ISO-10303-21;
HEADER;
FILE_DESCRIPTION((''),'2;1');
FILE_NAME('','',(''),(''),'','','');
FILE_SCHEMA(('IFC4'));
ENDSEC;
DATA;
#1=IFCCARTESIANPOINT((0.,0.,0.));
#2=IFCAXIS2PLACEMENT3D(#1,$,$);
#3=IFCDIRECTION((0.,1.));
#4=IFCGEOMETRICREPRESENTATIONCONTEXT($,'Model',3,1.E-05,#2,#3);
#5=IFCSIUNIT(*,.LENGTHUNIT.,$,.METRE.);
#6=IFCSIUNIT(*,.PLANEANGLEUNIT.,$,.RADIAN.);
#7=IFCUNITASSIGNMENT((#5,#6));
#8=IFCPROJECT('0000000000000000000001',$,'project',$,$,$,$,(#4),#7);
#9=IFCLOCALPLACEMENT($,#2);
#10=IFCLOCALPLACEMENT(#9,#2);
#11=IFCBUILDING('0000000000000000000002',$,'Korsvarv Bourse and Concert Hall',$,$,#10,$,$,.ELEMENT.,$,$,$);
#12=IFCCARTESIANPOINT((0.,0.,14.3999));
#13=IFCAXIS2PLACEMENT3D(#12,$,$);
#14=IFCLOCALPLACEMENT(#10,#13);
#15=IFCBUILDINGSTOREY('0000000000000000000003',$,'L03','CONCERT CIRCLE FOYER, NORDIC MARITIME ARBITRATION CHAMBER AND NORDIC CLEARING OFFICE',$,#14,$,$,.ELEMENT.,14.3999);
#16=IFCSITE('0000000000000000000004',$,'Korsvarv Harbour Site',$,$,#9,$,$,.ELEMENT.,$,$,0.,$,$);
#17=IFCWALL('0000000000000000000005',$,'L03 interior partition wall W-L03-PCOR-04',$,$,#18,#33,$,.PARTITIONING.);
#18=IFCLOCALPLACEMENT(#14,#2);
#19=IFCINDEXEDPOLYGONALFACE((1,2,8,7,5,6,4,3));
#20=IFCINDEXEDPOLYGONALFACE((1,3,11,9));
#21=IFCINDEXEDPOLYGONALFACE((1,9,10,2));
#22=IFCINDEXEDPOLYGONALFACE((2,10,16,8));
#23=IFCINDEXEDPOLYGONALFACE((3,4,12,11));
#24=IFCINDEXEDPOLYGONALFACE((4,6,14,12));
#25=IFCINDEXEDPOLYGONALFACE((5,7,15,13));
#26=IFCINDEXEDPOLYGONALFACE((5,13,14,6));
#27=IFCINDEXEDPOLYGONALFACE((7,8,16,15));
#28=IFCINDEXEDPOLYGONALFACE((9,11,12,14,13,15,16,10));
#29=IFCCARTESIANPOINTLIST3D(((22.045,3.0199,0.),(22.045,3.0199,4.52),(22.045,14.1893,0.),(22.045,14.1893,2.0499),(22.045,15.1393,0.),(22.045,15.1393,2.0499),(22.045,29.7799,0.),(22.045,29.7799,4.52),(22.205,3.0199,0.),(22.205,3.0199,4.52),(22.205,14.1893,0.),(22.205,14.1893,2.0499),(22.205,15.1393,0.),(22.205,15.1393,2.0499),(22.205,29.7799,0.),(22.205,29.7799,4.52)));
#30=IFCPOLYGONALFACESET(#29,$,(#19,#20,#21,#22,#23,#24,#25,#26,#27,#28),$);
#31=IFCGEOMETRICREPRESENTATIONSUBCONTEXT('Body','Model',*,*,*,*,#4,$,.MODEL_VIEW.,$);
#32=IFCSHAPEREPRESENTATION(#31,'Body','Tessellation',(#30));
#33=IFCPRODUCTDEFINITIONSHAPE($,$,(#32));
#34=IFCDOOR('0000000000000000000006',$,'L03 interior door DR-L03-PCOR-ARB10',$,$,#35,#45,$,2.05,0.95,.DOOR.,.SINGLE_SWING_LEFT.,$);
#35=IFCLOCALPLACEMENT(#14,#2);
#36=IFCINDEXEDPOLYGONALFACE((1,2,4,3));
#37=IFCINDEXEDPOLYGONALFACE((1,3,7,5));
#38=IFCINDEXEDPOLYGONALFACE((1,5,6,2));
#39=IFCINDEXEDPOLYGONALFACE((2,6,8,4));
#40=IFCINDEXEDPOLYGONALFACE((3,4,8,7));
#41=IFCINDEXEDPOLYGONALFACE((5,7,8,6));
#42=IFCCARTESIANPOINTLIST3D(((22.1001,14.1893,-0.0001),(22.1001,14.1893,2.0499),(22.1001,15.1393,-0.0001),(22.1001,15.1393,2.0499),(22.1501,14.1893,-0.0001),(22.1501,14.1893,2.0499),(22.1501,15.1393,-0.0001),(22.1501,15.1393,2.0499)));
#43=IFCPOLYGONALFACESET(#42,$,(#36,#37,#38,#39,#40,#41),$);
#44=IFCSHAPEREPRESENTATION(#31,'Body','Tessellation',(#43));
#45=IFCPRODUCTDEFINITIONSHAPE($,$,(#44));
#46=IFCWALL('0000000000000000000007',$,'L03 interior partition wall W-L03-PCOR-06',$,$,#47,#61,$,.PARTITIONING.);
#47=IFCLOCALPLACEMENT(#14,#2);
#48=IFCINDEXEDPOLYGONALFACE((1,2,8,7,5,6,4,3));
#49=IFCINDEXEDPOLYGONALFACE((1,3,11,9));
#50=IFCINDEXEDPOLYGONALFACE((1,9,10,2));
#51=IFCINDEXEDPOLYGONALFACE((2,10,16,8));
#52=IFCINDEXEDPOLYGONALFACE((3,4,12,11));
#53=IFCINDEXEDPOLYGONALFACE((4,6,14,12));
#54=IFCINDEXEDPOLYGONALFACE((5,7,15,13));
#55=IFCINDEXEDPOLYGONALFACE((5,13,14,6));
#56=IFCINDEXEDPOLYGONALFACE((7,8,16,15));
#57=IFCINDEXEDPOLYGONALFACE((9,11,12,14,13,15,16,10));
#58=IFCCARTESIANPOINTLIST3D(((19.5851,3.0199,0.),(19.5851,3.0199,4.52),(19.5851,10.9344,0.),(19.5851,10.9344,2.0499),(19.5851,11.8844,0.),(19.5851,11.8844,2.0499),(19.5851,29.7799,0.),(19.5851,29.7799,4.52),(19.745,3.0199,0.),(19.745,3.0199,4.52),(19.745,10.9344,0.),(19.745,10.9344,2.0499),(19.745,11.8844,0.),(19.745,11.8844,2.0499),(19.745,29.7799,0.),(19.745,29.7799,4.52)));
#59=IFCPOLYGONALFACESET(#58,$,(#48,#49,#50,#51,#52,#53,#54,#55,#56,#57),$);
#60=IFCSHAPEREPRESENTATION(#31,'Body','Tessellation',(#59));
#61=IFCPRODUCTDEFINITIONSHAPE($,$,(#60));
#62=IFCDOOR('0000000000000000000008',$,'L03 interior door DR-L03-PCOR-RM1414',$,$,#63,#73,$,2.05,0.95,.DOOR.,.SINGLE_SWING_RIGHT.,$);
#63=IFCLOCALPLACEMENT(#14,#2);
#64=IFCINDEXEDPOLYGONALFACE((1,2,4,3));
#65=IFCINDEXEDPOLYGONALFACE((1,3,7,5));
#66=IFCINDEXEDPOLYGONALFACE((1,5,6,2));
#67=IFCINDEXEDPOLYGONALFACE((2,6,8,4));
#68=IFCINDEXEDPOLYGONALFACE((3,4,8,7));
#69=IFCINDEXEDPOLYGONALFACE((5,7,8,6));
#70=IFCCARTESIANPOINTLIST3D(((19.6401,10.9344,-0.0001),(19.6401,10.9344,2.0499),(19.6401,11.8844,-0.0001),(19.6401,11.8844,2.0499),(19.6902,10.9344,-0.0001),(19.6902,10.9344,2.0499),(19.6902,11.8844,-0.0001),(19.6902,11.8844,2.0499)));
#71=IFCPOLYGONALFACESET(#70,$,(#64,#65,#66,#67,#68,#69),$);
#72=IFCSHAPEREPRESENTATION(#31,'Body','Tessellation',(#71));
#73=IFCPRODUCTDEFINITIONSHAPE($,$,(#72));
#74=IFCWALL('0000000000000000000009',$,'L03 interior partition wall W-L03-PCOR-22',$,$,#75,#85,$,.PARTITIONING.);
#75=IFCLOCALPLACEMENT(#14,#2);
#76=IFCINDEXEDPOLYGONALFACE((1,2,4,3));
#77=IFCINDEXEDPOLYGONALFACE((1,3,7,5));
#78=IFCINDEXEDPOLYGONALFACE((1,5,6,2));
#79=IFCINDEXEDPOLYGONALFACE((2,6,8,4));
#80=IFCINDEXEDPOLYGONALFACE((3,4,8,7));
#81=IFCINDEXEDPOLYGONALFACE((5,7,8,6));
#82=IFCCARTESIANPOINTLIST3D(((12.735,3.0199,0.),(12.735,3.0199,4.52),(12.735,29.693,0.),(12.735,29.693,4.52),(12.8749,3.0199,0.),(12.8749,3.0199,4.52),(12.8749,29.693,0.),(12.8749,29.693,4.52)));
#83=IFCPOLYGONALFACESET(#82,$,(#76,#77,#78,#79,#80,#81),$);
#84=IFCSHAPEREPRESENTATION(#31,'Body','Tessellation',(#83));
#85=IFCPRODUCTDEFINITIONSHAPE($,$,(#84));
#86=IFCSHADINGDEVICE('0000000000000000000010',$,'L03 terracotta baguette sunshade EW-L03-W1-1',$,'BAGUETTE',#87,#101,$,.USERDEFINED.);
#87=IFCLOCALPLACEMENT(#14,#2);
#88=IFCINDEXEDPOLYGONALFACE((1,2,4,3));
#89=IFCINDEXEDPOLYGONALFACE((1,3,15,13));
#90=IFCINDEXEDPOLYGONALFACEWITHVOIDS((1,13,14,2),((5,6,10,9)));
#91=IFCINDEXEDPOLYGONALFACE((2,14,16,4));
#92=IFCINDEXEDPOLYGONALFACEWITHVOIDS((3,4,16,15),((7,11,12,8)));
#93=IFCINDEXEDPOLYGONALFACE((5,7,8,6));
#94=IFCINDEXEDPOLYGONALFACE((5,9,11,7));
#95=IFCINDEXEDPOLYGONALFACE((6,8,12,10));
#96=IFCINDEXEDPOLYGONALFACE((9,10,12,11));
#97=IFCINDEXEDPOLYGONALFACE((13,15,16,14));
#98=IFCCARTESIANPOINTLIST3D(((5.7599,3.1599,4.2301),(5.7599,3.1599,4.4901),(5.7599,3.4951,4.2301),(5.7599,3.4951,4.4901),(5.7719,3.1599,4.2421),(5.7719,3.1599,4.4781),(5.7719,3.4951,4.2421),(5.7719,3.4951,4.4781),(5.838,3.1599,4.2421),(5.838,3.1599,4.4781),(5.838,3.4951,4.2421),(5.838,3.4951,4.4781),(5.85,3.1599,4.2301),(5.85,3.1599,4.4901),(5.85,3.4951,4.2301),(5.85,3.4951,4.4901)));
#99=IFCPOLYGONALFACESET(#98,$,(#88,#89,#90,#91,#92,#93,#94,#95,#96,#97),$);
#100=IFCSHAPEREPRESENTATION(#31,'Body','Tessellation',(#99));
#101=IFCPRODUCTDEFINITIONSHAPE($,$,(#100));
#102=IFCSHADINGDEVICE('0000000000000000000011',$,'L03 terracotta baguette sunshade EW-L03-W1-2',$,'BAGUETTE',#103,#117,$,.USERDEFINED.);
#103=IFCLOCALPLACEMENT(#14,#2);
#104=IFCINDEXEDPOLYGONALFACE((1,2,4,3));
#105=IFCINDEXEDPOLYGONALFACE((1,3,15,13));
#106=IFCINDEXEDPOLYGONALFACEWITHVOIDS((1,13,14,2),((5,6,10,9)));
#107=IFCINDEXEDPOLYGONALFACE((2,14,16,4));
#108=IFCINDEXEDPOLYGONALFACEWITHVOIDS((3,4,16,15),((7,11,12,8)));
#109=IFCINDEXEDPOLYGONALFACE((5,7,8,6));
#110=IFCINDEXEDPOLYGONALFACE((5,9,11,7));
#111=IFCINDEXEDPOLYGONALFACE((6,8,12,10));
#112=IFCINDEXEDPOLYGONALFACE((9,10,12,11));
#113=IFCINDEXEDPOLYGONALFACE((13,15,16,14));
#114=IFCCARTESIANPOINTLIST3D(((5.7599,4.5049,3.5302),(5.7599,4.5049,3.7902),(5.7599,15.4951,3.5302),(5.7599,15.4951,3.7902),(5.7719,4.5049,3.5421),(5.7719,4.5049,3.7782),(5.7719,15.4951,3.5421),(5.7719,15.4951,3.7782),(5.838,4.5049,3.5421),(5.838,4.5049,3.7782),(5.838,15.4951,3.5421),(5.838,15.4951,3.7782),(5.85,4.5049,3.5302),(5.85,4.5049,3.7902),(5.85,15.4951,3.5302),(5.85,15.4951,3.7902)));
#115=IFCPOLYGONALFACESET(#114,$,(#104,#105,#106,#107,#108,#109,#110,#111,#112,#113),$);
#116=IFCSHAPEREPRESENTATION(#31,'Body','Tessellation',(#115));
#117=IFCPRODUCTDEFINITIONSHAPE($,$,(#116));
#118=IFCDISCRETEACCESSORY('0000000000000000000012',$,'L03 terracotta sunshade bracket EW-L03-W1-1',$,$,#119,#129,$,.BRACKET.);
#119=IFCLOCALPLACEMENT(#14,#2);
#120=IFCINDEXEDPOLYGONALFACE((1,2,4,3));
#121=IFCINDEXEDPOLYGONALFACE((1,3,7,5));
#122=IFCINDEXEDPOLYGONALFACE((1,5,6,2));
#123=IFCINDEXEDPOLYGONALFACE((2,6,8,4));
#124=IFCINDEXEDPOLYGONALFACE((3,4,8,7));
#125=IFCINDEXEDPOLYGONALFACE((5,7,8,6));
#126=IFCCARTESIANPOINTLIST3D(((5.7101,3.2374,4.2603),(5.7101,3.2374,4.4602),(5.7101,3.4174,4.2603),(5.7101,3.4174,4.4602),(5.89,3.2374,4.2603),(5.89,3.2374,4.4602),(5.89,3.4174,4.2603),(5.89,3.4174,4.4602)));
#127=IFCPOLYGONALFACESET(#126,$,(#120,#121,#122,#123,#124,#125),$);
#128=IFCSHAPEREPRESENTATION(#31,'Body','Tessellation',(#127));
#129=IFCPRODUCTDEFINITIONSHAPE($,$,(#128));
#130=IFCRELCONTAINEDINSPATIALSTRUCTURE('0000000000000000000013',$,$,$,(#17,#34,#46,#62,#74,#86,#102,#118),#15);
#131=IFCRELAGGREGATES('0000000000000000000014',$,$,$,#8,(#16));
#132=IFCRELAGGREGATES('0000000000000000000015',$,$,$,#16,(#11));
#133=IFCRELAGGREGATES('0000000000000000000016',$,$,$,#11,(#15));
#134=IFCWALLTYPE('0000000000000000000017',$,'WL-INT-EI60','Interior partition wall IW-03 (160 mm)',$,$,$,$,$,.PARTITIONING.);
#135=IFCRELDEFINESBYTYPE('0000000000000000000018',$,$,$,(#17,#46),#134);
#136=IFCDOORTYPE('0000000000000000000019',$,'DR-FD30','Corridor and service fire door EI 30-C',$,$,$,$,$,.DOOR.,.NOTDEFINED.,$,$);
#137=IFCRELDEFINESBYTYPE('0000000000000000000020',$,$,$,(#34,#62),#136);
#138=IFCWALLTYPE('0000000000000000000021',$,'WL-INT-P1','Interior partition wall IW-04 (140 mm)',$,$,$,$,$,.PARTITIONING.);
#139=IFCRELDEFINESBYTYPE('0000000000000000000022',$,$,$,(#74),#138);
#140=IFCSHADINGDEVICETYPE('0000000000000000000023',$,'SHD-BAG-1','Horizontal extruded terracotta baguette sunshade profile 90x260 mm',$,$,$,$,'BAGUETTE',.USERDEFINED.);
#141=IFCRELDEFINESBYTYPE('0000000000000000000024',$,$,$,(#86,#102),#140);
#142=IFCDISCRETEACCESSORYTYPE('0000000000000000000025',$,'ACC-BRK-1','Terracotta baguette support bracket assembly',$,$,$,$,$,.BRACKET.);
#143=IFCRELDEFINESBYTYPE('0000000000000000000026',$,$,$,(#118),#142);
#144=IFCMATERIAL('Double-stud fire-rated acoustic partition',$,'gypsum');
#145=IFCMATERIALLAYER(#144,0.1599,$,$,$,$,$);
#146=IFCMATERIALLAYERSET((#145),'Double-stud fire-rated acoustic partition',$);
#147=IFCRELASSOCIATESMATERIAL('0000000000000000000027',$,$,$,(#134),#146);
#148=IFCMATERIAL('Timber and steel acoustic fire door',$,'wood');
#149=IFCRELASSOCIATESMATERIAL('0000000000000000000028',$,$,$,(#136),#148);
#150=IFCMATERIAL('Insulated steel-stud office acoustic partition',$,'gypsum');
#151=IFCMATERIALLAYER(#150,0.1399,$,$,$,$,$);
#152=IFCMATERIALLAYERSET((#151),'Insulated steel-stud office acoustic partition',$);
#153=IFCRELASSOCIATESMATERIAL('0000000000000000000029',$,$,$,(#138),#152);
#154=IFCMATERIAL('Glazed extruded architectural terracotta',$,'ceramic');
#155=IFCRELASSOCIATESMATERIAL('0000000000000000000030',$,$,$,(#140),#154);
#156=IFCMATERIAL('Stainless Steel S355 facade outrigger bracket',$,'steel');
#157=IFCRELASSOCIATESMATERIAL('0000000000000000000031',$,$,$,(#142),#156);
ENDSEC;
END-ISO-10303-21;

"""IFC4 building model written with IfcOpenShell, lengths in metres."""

from ifc_helpers import new_model, si_unit, direction, frame, frame_2d, origin, origin_2d, place, context, subcontext, project, spatial, rectangle, hollow_rectangle, extrude, source, transform, mapped, material, layer, layer_set, material_profile, profile_set, type_object, element, fill, save


model = new_model("IFC4")

# Units and contexts
model_context = context("Model", 3, precision=1e-05, world=origin(), true_north=direction((0.0, 1.0)))
body_context = subcontext(model_context, "Body", "Model", "MODEL_VIEW")
ifc_project = project(units=[si_unit("LENGTHUNIT", "METRE"), si_unit("PLANEANGLEUNIT", "RADIAN")], contexts=[model_context])

# Site, building, storey
site_placement = place(None, origin())
site = spatial("IfcSite", under=ifc_project, at=site_placement, Name="Korsvarv Harbour Site", CompositionType="ELEMENT", RefElevation=0.0)
building_placement = place(site_placement, origin())
building = spatial("IfcBuilding", under=site, at=building_placement, Name="Korsvarv Bourse and Concert Hall", CompositionType="ELEMENT")
storey_placement = place(building_placement, frame((0.0, 0.0, 14.3999)))
storey = spatial("IfcBuildingStorey", under=building, at=storey_placement, Name="L03", Description="CONCERT CIRCLE FOYER, NORDIC MARITIME ARBITRATION CHAMBER AND NORDIC CLEARING OFFICE", CompositionType="ELEMENT", Elevation=14.3999)

# Walls, openings, doors
ifc_material_1 = material(Name="Double-stud fire-rated acoustic partition", Category="gypsum")
ifc_layer_1 = layer(ifc_material_1, 0.1599)
ifc_layer_set_1 = layer_set([ifc_layer_1], Name="Double-stud fire-rated acoustic partition")
wall_type_1 = type_object("IfcWallType", Name="WL-INT-EI60", Description="Interior partition wall IW-03 (160 mm)", PredefinedType="PARTITIONING", material=ifc_layer_set_1)
wall_1_placement = place(storey_placement, frame((22.125, 3.02, 0.0), z_axis=(0.0, 0.0, 1.0), x_axis=(0.0, 1.0, 0.0)))
wall_1 = element("IfcWall", 1, at=wall_1_placement, inside=storey, type_object=wall_type_1, Name="L03 interior partition wall W-L03-PCOR-04", PredefinedType="PARTITIONING", context=body_context, shape_type="SweptSolid", body=[
    extrude(rectangle(XDim=26.76, YDim=0.1599, at=frame_2d((13.3799, 0.0))), origin(), (0.0, 0.0, 1.0), 4.52),
])
opening_1_placement = place(wall_1_placement, frame((11.1692, 0.0, 0.0)))
opening_1 = element("IfcOpeningElement", 2, at=opening_1_placement, cuts=wall_1, PredefinedType="OPENING", context=body_context, shape_type="SweptSolid", body=[
    extrude(rectangle(XDim=0.95, YDim=2.05, at=frame_2d((0.4751, 1.0249))), frame((0.0, 0.0898, 0.0), z_axis=(0.0, -1.0, 0.0), x_axis=(1.0, 0.0, 0.0)), (0.0, 0.0, 1.0), 0.1799),
])
ifc_material_2 = material(Name="Timber and steel acoustic fire door", Category="wood")
door_type = type_object("IfcDoorType", Name="DR-FD30", Description="Corridor and service fire door EI 30-C", OperationType="NOTDEFINED", PredefinedType="DOOR", material=ifc_material_2)
door_1_placement = place(opening_1_placement, origin())
door_1 = element("IfcDoor", 3, at=door_1_placement, inside=storey, type_object=door_type, Name="L03 interior door DR-L03-PCOR-ARB10", OperationType="SINGLE_SWING_LEFT", OverallHeight=2.05, OverallWidth=0.95, PredefinedType="DOOR", context=body_context, shape_type="SweptSolid", body=[
    extrude(rectangle(XDim=0.95, YDim=2.05, at=frame_2d((0.4751, 1.0249))), frame((0.0, 0.0249, 0.0), z_axis=(0.0, -1.0, 0.0), x_axis=(1.0, 0.0, 0.0)), (0.0, 0.0, 1.0), 0.05),
])
fill(opening_1, door_1)
wall_2_placement = place(storey_placement, frame((19.665, 3.02, 0.0), z_axis=(0.0, 0.0, 1.0), x_axis=(0.0, 1.0, 0.0)))
wall_2 = element("IfcWall", 4, at=wall_2_placement, inside=storey, type_object=wall_type_1, Name="L03 interior partition wall W-L03-PCOR-06", PredefinedType="PARTITIONING", context=body_context, shape_type="SweptSolid", body=[
    extrude(rectangle(XDim=26.76, YDim=0.1599, at=frame_2d((13.3799, 0.0))), origin(), (0.0, 0.0, 1.0), 4.52),
])
opening_2_placement = place(wall_2_placement, frame((7.9143, 0.0, 0.0)))
opening_2 = element("IfcOpeningElement", 5, at=opening_2_placement, cuts=wall_2, PredefinedType="OPENING", context=body_context, shape_type="SweptSolid", body=[
    extrude(rectangle(XDim=0.95, YDim=2.05, at=frame_2d((0.4751, 1.0249))), frame((0.0, 0.0898, 0.0), z_axis=(0.0, -1.0, 0.0), x_axis=(1.0, 0.0, 0.0)), (0.0, 0.0, 1.0), 0.1799),
])
door_2_placement = place(opening_2_placement, origin())
door_2 = element("IfcDoor", 6, at=door_2_placement, inside=storey, type_object=door_type, Name="L03 interior door DR-L03-PCOR-RM1414", OperationType="SINGLE_SWING_RIGHT", OverallHeight=2.05, OverallWidth=0.95, PredefinedType="DOOR", context=body_context, shape_type="SweptSolid", body=[
    extrude(rectangle(XDim=0.95, YDim=2.05, at=frame_2d((0.4751, 1.0249))), frame((0.0, 0.0249, 0.0), z_axis=(0.0, -1.0, 0.0), x_axis=(1.0, 0.0, 0.0)), (0.0, 0.0, 1.0), 0.05),
])
fill(opening_2, door_2)

# Wall
ifc_material_3 = material(Name="Insulated steel-stud office acoustic partition", Category="gypsum")
ifc_layer_2 = layer(ifc_material_3, 0.1399)
ifc_layer_set_2 = layer_set([ifc_layer_2], Name="Insulated steel-stud office acoustic partition")
wall_type_2 = type_object("IfcWallType", Name="WL-INT-P1", Description="Interior partition wall IW-04 (140 mm)", PredefinedType="PARTITIONING", material=ifc_layer_set_2)
wall_3_placement = place(storey_placement, frame((12.8049, 3.02, 0.0), z_axis=(0.0, 0.0, 1.0), x_axis=(0.0, 1.0, 0.0)))
element("IfcWall", 7, at=wall_3_placement, inside=storey, type_object=wall_type_2, Name="L03 interior partition wall W-L03-PCOR-22", PredefinedType="PARTITIONING", context=body_context, shape_type="SweptSolid", body=[
    extrude(rectangle(XDim=26.6731, YDim=0.1399, at=frame_2d((13.3364, 0.0))), origin(), (0.0, 0.0, 1.0), 4.52),
])

# Shading devices
ifc_material_4 = material(Name="Glazed extruded architectural terracotta", Category="ceramic")
ifc_material_profile_1 = material_profile(ifc_material_4, hollow_rectangle(XDim=0.0901, YDim=0.26, WallThickness=0.012, at=origin_2d()), Name="TC-BAG 90x260")
ifc_profile_set_1 = profile_set([ifc_material_profile_1], Name="Glazed extruded architectural terracotta")
shading_device_type = type_object("IfcShadingDeviceType", Name="SHD-BAG-1", Description="Horizontal extruded terracotta baguette sunshade profile 90x260 mm", ElementType="BAGUETTE", PredefinedType="USERDEFINED", material=ifc_profile_set_1)
shared_shape_1 = source(origin(), body_context, "Body", "SweptSolid", [
    extrude(hollow_rectangle(XDim=0.0901, YDim=0.26, WallThickness=0.012, at=origin_2d()), origin(), (0.0, 0.0, 1.0), 0.3352),
])
shading_device_1_placement = place(storey_placement, frame((5.8049, 3.1599, 4.3601), z_axis=(0.0, 1.0, 0.0), x_axis=(-1.0, 0.0, 0.0)))
element("IfcShadingDevice", 8, at=shading_device_1_placement, inside=storey, type_object=shading_device_type, Name="L03 terracotta baguette sunshade EW-L03-W1-1", ObjectType="BAGUETTE", PredefinedType="USERDEFINED", context=body_context, shape_type="MappedRepresentation", body=[
    mapped(shared_shape_1, transform((0.0, 0.0, 0.0), scale=1.0)),
])
shared_shape_2 = source(origin(), body_context, "Body", "SweptSolid", [
    extrude(hollow_rectangle(XDim=0.0901, YDim=0.26, WallThickness=0.012, at=origin_2d()), origin(), (0.0, 0.0, 1.0), 10.9902),
])
shading_device_2_placement = place(storey_placement, frame((5.8049, 4.5049, 3.6602), z_axis=(0.0, 1.0, 0.0), x_axis=(-1.0, 0.0, 0.0)))
element("IfcShadingDevice", 9, at=shading_device_2_placement, inside=storey, type_object=shading_device_type, Name="L03 terracotta baguette sunshade EW-L03-W1-2", ObjectType="BAGUETTE", PredefinedType="USERDEFINED", context=body_context, shape_type="MappedRepresentation", body=[
    mapped(shared_shape_2, transform((0.0, 0.0, 0.0), scale=1.0)),
])

# Discrete accessory
ifc_material_5 = material(Name="Stainless Steel S355 facade outrigger bracket", Category="steel")
discrete_accessory_type = type_object("IfcDiscreteAccessoryType", Name="ACC-BRK-1", Description="Terracotta baguette support bracket assembly", PredefinedType="BRACKET", material=ifc_material_5)
shared_shape_3 = source(origin(), body_context, "Body", "SweptSolid", [
    extrude(rectangle(XDim=0.1799, YDim=0.1799, at=origin_2d()), origin(), (0.0, 0.0, 1.0), 0.2),
])
discrete_accessory_placement = place(storey_placement, frame((5.8, 3.3274, 4.2603), z_axis=(0.0, 0.0, 1.0), x_axis=(0.0, 1.0, 0.0)))
element("IfcDiscreteAccessory", 10, at=discrete_accessory_placement, inside=storey, type_object=discrete_accessory_type, Name="L03 terracotta sunshade bracket EW-L03-W1-1", PredefinedType="BRACKET", context=body_context, shape_type="MappedRepresentation", body=[
    mapped(shared_shape_3, transform((0.0, 0.0, 0.0), scale=1.0)),
])

save(model, "model.ifc")
